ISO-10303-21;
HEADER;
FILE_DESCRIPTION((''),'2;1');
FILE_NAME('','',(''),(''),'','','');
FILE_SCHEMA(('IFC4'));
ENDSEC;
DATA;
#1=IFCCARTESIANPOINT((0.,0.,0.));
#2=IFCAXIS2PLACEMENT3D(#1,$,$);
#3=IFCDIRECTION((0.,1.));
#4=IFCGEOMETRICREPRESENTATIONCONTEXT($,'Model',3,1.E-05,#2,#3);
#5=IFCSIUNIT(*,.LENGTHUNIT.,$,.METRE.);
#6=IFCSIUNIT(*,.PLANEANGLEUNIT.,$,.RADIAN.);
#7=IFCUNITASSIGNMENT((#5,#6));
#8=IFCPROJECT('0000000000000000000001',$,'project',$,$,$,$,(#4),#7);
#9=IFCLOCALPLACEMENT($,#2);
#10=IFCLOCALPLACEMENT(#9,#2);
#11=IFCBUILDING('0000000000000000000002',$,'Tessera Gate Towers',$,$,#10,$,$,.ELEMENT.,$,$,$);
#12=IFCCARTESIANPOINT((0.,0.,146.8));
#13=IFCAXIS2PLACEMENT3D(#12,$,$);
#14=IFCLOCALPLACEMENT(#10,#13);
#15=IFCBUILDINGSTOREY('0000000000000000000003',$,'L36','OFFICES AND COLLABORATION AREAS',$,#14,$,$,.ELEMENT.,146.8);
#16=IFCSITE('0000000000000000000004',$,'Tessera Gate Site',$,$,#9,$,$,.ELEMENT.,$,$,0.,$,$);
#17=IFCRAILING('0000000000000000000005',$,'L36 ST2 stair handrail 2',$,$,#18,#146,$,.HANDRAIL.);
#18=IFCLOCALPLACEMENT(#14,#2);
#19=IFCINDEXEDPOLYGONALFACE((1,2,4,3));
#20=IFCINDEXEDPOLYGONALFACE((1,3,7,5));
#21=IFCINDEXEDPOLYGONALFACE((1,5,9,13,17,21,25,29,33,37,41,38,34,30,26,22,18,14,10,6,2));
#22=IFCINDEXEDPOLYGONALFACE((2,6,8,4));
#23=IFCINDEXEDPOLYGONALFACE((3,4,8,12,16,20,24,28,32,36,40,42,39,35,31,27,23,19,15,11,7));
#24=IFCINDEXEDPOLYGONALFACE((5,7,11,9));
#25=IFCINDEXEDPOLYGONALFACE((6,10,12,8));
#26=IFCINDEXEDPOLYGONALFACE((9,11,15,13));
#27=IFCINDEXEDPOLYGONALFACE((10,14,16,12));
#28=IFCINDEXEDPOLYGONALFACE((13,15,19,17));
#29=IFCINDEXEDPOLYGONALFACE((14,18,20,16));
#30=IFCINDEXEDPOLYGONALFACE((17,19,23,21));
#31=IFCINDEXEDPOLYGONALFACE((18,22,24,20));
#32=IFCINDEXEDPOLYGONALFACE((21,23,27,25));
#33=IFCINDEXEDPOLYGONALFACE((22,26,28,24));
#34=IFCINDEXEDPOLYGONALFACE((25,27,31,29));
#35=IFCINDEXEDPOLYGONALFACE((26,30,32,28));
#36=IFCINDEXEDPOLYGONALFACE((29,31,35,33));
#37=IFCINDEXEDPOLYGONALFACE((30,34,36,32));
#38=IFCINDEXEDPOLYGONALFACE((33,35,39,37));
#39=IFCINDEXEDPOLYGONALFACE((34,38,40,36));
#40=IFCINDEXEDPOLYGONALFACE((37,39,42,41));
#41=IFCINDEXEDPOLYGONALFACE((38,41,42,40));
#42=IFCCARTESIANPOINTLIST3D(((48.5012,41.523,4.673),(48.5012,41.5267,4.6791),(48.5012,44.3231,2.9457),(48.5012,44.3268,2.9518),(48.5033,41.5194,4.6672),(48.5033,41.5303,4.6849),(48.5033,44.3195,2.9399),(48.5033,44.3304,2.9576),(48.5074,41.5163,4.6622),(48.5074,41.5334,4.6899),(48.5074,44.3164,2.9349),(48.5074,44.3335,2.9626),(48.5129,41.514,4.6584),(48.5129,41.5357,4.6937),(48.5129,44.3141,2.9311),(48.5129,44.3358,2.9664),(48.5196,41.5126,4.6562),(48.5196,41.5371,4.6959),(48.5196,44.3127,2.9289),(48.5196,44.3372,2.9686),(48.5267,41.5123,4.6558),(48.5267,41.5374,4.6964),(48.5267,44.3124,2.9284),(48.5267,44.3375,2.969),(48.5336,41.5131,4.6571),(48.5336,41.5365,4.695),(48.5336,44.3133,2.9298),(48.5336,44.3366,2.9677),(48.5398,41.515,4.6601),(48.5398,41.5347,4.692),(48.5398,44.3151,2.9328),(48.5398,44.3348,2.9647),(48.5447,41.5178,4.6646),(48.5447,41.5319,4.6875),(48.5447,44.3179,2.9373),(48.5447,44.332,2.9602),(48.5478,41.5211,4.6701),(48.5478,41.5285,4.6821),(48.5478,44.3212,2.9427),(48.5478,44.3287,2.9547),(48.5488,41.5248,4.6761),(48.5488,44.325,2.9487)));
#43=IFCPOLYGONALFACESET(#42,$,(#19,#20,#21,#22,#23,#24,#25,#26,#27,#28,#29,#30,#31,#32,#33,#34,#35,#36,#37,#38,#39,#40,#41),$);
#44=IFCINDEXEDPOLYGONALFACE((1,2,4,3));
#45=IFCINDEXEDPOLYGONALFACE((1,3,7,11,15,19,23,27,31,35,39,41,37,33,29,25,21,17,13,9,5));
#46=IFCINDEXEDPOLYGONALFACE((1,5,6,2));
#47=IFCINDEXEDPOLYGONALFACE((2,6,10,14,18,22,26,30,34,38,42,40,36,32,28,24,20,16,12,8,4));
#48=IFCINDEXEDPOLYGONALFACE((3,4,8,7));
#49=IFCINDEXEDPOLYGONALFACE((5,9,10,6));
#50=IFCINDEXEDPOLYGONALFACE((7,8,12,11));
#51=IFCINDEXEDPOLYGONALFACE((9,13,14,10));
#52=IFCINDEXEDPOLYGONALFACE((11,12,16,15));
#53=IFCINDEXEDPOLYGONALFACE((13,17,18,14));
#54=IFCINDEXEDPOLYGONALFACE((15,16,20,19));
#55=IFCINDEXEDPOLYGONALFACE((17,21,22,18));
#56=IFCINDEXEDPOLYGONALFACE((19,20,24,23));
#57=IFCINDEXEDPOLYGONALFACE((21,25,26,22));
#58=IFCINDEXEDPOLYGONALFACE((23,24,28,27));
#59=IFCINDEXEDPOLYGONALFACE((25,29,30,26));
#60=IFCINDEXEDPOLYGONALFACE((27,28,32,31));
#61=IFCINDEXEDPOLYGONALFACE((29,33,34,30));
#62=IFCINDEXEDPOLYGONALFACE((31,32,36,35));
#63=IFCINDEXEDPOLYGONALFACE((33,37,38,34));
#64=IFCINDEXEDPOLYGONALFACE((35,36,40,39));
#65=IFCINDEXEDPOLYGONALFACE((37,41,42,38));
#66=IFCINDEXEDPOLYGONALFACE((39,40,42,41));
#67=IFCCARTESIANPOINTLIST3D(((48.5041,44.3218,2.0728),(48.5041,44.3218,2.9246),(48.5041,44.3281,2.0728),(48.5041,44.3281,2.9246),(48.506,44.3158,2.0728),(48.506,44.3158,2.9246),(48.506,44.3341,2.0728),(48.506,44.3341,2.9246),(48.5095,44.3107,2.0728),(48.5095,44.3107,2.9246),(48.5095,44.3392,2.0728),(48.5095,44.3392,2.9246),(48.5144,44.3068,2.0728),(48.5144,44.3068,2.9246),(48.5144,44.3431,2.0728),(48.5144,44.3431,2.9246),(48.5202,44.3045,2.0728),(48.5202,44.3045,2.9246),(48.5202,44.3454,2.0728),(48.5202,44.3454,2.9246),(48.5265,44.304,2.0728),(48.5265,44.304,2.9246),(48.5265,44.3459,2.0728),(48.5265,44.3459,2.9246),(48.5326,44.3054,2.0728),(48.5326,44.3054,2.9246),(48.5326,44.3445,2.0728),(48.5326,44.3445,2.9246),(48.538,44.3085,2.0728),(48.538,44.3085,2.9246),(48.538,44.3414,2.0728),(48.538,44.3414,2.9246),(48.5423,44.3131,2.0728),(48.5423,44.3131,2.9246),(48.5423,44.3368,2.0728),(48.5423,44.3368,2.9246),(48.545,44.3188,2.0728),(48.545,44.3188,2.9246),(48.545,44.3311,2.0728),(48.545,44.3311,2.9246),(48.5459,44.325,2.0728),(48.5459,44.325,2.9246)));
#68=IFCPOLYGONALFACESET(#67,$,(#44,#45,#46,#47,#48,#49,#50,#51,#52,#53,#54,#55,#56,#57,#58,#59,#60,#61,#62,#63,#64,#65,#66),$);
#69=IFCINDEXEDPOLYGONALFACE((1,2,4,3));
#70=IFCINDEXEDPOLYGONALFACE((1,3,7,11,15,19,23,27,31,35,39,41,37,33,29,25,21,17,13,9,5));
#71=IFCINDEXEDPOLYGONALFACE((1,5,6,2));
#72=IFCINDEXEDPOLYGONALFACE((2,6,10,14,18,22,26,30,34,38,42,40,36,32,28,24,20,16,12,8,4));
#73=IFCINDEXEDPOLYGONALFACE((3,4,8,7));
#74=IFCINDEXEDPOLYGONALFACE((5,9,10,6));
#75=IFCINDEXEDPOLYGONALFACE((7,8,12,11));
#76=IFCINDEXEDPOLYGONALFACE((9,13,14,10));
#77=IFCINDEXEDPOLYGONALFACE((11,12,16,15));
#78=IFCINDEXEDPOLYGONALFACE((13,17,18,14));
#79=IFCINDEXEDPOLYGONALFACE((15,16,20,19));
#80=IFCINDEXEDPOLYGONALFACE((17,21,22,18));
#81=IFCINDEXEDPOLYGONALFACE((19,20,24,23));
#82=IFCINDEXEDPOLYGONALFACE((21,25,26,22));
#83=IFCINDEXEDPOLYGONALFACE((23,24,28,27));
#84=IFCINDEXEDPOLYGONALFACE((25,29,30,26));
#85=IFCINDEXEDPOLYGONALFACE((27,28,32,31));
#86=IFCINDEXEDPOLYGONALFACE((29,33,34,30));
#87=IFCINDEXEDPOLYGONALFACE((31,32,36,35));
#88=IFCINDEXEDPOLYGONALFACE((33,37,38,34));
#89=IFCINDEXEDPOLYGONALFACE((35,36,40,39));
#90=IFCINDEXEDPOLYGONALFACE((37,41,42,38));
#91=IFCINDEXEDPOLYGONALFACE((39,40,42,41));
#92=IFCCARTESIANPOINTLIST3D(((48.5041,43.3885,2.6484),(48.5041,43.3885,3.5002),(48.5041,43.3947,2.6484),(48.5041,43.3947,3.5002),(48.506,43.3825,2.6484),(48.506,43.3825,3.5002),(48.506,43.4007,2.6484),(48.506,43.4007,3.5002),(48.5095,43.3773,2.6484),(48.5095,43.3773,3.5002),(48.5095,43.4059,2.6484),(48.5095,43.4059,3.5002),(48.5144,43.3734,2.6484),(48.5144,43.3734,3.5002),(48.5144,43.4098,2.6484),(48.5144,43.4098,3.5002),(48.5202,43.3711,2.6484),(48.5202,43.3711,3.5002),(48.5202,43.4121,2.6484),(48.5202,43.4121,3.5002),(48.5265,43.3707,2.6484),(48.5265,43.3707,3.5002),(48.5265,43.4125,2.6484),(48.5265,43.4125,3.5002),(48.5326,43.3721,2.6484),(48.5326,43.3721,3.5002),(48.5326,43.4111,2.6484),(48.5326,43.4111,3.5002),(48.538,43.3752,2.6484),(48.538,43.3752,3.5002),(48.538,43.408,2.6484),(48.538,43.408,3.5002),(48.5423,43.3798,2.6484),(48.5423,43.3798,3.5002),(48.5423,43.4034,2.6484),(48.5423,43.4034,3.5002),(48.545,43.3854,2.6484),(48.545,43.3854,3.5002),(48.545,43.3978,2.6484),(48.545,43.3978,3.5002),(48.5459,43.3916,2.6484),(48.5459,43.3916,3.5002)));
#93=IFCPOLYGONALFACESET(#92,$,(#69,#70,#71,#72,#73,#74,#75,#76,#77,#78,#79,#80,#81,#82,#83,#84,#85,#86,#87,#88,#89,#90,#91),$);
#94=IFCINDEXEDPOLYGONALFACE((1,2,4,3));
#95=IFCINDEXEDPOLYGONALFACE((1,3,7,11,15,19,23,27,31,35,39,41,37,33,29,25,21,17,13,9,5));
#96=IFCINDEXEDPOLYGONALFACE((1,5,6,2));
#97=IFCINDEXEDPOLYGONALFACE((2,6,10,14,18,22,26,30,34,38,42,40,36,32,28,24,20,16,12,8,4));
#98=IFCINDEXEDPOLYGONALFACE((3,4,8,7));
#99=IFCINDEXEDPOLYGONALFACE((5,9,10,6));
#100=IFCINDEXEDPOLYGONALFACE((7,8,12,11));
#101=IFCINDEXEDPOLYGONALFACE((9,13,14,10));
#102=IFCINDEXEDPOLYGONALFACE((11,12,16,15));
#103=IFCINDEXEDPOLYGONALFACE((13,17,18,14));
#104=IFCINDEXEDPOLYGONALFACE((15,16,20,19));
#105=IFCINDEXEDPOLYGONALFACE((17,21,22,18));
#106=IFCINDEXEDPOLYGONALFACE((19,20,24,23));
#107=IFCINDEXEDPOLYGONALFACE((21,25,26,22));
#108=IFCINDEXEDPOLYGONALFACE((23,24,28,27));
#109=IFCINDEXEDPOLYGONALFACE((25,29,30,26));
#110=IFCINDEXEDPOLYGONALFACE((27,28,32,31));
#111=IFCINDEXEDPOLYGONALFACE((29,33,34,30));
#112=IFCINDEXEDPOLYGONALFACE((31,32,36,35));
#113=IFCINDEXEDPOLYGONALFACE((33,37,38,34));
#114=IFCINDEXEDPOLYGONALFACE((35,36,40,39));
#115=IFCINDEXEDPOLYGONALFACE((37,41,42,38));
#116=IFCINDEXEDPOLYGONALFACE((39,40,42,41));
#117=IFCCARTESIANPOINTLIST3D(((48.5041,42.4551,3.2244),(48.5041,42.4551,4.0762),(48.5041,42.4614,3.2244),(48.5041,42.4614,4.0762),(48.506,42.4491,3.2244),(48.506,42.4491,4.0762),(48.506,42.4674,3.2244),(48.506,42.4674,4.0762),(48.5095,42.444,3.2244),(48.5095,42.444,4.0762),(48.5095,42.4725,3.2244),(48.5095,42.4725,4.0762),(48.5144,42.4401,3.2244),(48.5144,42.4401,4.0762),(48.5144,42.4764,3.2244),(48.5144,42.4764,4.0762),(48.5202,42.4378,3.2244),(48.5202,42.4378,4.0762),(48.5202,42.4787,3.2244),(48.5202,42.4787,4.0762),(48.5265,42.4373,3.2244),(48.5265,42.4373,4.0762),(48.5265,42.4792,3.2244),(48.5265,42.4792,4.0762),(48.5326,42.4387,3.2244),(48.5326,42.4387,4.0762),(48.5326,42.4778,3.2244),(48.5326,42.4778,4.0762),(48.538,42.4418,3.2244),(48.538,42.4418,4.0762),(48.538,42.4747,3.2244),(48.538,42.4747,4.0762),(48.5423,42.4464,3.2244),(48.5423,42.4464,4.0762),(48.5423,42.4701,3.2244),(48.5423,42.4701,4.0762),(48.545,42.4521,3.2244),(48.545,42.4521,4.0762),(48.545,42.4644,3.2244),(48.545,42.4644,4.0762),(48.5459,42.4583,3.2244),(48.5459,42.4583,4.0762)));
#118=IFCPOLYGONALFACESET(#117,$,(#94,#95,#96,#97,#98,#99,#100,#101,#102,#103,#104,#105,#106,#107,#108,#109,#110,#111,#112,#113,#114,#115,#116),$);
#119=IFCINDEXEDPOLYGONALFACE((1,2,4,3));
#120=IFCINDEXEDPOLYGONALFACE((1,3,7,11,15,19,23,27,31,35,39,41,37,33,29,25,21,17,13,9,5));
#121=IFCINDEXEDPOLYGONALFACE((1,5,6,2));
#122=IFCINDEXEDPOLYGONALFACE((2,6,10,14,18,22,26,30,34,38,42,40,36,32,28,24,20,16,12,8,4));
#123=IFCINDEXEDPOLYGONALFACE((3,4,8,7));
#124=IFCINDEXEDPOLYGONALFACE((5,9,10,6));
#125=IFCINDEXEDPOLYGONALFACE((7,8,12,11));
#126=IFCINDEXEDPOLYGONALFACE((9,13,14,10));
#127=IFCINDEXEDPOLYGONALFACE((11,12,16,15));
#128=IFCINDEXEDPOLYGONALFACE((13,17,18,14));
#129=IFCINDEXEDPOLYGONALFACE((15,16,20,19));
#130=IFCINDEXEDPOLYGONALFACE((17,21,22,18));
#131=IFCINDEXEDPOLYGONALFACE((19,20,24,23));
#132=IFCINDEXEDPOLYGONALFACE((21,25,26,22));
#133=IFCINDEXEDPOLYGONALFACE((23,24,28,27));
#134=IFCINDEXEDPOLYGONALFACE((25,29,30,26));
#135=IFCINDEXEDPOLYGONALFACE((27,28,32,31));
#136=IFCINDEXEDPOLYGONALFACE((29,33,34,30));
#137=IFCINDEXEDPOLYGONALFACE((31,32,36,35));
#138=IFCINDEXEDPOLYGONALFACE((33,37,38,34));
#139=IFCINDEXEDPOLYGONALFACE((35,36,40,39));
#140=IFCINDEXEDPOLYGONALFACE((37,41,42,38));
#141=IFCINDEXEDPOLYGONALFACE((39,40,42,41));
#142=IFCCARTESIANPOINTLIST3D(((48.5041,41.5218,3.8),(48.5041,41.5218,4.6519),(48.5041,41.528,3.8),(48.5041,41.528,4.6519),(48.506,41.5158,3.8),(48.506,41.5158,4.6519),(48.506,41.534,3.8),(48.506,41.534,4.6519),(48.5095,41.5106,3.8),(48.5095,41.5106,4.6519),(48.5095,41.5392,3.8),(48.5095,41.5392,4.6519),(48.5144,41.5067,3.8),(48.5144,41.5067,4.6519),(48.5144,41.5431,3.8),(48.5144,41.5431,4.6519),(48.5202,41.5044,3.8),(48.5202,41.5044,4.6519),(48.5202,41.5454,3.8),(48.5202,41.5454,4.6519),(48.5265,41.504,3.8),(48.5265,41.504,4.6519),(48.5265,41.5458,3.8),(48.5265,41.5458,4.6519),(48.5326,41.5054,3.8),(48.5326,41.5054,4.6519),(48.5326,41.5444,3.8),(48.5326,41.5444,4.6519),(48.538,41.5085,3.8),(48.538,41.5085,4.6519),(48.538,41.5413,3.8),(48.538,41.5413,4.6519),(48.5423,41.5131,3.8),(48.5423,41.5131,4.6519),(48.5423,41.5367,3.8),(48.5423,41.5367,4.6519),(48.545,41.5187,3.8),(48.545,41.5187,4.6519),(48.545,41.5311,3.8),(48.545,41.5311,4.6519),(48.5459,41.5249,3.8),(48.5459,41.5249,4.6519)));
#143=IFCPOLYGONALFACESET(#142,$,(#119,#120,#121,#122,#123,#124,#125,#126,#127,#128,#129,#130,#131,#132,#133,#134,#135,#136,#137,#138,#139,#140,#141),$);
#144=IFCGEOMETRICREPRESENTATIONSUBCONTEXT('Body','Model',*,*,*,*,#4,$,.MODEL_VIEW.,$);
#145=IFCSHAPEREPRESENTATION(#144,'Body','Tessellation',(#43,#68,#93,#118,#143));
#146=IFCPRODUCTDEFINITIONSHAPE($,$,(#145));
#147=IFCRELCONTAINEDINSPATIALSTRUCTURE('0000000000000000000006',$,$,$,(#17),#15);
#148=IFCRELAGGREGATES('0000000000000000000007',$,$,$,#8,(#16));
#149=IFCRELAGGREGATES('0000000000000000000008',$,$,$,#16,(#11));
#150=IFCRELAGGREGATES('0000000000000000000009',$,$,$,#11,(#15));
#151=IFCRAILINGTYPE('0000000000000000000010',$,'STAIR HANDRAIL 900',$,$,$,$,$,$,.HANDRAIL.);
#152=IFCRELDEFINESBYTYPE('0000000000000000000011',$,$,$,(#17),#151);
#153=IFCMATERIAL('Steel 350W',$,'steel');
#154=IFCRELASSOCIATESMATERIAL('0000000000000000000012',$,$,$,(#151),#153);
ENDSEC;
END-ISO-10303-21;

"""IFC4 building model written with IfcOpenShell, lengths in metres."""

from ifc_helpers import new_model, si_unit, direction, frame, origin, origin_2d, place, context, subcontext, project, spatial, circle, extrude, material, type_object, element, save


model = new_model("IFC4")

# Units and contexts
model_context = context("Model", 3, precision=1e-05, world=origin(), true_north=direction((0.0, 1.0)))
body_context = subcontext(model_context, "Body", "Model", "MODEL_VIEW")
ifc_project = project(units=[si_unit("LENGTHUNIT", "METRE"), si_unit("PLANEANGLEUNIT", "RADIAN")], contexts=[model_context])

# Site, building, storey
site_placement = place(None, origin())
site = spatial("IfcSite", under=ifc_project, at=site_placement, Name="Tessera Gate Site", CompositionType="ELEMENT", RefElevation=0.0)
building_placement = place(site_placement, origin())
building = spatial("IfcBuilding", under=site, at=building_placement, Name="Tessera Gate Towers", CompositionType="ELEMENT")
storey_placement = place(building_placement, frame((0.0, 0.0, 146.8)))
storey = spatial("IfcBuildingStorey", under=building, at=storey_placement, Name="L36", Description="OFFICES AND COLLABORATION AREAS", CompositionType="ELEMENT", Elevation=146.8)

# Railing
ifc_material_1 = material(Name="Steel 350W", Category="steel")
railing_type_1 = type_object("IfcRailingType", Name="STAIR HANDRAIL 900", PredefinedType="HANDRAIL", material=ifc_material_1)
railing_1_placement = place(storey_placement, frame((48.5249, 44.325, 2.0728)))
element("IfcRailing", 1, at=railing_1_placement, inside=storey, type_object=railing_type_1, Name="L36 ST2 stair handrail 2", PredefinedType="HANDRAIL", context=body_context, shape_type="SweptSolid", body=[
    extrude(circle(Radius=0.0239, at=origin_2d()), frame((0.0, 0.0, 0.876), z_axis=(0.0, -0.85109, 0.52502), x_axis=(1.0, 0.0, 0.0)), (0.0, 0.0, 1.0), 3.29),
    extrude(circle(Radius=0.021, at=origin_2d()), origin(), (0.0, 0.0, 1.0), 0.8518),
    extrude(circle(Radius=0.021, at=origin_2d()), frame((0.0, -0.9333, 0.5757)), (0.0, 0.0, 1.0), 0.8518),
    extrude(circle(Radius=0.021, at=origin_2d()), frame((0.0, -1.8667, 1.1516)), (0.0, 0.0, 1.0), 0.8518),
    extrude(circle(Radius=0.021, at=origin_2d()), frame((0.0, -2.8, 1.7273)), (0.0, 0.0, 1.0), 0.8518),
])

save(model, "model.ifc")
